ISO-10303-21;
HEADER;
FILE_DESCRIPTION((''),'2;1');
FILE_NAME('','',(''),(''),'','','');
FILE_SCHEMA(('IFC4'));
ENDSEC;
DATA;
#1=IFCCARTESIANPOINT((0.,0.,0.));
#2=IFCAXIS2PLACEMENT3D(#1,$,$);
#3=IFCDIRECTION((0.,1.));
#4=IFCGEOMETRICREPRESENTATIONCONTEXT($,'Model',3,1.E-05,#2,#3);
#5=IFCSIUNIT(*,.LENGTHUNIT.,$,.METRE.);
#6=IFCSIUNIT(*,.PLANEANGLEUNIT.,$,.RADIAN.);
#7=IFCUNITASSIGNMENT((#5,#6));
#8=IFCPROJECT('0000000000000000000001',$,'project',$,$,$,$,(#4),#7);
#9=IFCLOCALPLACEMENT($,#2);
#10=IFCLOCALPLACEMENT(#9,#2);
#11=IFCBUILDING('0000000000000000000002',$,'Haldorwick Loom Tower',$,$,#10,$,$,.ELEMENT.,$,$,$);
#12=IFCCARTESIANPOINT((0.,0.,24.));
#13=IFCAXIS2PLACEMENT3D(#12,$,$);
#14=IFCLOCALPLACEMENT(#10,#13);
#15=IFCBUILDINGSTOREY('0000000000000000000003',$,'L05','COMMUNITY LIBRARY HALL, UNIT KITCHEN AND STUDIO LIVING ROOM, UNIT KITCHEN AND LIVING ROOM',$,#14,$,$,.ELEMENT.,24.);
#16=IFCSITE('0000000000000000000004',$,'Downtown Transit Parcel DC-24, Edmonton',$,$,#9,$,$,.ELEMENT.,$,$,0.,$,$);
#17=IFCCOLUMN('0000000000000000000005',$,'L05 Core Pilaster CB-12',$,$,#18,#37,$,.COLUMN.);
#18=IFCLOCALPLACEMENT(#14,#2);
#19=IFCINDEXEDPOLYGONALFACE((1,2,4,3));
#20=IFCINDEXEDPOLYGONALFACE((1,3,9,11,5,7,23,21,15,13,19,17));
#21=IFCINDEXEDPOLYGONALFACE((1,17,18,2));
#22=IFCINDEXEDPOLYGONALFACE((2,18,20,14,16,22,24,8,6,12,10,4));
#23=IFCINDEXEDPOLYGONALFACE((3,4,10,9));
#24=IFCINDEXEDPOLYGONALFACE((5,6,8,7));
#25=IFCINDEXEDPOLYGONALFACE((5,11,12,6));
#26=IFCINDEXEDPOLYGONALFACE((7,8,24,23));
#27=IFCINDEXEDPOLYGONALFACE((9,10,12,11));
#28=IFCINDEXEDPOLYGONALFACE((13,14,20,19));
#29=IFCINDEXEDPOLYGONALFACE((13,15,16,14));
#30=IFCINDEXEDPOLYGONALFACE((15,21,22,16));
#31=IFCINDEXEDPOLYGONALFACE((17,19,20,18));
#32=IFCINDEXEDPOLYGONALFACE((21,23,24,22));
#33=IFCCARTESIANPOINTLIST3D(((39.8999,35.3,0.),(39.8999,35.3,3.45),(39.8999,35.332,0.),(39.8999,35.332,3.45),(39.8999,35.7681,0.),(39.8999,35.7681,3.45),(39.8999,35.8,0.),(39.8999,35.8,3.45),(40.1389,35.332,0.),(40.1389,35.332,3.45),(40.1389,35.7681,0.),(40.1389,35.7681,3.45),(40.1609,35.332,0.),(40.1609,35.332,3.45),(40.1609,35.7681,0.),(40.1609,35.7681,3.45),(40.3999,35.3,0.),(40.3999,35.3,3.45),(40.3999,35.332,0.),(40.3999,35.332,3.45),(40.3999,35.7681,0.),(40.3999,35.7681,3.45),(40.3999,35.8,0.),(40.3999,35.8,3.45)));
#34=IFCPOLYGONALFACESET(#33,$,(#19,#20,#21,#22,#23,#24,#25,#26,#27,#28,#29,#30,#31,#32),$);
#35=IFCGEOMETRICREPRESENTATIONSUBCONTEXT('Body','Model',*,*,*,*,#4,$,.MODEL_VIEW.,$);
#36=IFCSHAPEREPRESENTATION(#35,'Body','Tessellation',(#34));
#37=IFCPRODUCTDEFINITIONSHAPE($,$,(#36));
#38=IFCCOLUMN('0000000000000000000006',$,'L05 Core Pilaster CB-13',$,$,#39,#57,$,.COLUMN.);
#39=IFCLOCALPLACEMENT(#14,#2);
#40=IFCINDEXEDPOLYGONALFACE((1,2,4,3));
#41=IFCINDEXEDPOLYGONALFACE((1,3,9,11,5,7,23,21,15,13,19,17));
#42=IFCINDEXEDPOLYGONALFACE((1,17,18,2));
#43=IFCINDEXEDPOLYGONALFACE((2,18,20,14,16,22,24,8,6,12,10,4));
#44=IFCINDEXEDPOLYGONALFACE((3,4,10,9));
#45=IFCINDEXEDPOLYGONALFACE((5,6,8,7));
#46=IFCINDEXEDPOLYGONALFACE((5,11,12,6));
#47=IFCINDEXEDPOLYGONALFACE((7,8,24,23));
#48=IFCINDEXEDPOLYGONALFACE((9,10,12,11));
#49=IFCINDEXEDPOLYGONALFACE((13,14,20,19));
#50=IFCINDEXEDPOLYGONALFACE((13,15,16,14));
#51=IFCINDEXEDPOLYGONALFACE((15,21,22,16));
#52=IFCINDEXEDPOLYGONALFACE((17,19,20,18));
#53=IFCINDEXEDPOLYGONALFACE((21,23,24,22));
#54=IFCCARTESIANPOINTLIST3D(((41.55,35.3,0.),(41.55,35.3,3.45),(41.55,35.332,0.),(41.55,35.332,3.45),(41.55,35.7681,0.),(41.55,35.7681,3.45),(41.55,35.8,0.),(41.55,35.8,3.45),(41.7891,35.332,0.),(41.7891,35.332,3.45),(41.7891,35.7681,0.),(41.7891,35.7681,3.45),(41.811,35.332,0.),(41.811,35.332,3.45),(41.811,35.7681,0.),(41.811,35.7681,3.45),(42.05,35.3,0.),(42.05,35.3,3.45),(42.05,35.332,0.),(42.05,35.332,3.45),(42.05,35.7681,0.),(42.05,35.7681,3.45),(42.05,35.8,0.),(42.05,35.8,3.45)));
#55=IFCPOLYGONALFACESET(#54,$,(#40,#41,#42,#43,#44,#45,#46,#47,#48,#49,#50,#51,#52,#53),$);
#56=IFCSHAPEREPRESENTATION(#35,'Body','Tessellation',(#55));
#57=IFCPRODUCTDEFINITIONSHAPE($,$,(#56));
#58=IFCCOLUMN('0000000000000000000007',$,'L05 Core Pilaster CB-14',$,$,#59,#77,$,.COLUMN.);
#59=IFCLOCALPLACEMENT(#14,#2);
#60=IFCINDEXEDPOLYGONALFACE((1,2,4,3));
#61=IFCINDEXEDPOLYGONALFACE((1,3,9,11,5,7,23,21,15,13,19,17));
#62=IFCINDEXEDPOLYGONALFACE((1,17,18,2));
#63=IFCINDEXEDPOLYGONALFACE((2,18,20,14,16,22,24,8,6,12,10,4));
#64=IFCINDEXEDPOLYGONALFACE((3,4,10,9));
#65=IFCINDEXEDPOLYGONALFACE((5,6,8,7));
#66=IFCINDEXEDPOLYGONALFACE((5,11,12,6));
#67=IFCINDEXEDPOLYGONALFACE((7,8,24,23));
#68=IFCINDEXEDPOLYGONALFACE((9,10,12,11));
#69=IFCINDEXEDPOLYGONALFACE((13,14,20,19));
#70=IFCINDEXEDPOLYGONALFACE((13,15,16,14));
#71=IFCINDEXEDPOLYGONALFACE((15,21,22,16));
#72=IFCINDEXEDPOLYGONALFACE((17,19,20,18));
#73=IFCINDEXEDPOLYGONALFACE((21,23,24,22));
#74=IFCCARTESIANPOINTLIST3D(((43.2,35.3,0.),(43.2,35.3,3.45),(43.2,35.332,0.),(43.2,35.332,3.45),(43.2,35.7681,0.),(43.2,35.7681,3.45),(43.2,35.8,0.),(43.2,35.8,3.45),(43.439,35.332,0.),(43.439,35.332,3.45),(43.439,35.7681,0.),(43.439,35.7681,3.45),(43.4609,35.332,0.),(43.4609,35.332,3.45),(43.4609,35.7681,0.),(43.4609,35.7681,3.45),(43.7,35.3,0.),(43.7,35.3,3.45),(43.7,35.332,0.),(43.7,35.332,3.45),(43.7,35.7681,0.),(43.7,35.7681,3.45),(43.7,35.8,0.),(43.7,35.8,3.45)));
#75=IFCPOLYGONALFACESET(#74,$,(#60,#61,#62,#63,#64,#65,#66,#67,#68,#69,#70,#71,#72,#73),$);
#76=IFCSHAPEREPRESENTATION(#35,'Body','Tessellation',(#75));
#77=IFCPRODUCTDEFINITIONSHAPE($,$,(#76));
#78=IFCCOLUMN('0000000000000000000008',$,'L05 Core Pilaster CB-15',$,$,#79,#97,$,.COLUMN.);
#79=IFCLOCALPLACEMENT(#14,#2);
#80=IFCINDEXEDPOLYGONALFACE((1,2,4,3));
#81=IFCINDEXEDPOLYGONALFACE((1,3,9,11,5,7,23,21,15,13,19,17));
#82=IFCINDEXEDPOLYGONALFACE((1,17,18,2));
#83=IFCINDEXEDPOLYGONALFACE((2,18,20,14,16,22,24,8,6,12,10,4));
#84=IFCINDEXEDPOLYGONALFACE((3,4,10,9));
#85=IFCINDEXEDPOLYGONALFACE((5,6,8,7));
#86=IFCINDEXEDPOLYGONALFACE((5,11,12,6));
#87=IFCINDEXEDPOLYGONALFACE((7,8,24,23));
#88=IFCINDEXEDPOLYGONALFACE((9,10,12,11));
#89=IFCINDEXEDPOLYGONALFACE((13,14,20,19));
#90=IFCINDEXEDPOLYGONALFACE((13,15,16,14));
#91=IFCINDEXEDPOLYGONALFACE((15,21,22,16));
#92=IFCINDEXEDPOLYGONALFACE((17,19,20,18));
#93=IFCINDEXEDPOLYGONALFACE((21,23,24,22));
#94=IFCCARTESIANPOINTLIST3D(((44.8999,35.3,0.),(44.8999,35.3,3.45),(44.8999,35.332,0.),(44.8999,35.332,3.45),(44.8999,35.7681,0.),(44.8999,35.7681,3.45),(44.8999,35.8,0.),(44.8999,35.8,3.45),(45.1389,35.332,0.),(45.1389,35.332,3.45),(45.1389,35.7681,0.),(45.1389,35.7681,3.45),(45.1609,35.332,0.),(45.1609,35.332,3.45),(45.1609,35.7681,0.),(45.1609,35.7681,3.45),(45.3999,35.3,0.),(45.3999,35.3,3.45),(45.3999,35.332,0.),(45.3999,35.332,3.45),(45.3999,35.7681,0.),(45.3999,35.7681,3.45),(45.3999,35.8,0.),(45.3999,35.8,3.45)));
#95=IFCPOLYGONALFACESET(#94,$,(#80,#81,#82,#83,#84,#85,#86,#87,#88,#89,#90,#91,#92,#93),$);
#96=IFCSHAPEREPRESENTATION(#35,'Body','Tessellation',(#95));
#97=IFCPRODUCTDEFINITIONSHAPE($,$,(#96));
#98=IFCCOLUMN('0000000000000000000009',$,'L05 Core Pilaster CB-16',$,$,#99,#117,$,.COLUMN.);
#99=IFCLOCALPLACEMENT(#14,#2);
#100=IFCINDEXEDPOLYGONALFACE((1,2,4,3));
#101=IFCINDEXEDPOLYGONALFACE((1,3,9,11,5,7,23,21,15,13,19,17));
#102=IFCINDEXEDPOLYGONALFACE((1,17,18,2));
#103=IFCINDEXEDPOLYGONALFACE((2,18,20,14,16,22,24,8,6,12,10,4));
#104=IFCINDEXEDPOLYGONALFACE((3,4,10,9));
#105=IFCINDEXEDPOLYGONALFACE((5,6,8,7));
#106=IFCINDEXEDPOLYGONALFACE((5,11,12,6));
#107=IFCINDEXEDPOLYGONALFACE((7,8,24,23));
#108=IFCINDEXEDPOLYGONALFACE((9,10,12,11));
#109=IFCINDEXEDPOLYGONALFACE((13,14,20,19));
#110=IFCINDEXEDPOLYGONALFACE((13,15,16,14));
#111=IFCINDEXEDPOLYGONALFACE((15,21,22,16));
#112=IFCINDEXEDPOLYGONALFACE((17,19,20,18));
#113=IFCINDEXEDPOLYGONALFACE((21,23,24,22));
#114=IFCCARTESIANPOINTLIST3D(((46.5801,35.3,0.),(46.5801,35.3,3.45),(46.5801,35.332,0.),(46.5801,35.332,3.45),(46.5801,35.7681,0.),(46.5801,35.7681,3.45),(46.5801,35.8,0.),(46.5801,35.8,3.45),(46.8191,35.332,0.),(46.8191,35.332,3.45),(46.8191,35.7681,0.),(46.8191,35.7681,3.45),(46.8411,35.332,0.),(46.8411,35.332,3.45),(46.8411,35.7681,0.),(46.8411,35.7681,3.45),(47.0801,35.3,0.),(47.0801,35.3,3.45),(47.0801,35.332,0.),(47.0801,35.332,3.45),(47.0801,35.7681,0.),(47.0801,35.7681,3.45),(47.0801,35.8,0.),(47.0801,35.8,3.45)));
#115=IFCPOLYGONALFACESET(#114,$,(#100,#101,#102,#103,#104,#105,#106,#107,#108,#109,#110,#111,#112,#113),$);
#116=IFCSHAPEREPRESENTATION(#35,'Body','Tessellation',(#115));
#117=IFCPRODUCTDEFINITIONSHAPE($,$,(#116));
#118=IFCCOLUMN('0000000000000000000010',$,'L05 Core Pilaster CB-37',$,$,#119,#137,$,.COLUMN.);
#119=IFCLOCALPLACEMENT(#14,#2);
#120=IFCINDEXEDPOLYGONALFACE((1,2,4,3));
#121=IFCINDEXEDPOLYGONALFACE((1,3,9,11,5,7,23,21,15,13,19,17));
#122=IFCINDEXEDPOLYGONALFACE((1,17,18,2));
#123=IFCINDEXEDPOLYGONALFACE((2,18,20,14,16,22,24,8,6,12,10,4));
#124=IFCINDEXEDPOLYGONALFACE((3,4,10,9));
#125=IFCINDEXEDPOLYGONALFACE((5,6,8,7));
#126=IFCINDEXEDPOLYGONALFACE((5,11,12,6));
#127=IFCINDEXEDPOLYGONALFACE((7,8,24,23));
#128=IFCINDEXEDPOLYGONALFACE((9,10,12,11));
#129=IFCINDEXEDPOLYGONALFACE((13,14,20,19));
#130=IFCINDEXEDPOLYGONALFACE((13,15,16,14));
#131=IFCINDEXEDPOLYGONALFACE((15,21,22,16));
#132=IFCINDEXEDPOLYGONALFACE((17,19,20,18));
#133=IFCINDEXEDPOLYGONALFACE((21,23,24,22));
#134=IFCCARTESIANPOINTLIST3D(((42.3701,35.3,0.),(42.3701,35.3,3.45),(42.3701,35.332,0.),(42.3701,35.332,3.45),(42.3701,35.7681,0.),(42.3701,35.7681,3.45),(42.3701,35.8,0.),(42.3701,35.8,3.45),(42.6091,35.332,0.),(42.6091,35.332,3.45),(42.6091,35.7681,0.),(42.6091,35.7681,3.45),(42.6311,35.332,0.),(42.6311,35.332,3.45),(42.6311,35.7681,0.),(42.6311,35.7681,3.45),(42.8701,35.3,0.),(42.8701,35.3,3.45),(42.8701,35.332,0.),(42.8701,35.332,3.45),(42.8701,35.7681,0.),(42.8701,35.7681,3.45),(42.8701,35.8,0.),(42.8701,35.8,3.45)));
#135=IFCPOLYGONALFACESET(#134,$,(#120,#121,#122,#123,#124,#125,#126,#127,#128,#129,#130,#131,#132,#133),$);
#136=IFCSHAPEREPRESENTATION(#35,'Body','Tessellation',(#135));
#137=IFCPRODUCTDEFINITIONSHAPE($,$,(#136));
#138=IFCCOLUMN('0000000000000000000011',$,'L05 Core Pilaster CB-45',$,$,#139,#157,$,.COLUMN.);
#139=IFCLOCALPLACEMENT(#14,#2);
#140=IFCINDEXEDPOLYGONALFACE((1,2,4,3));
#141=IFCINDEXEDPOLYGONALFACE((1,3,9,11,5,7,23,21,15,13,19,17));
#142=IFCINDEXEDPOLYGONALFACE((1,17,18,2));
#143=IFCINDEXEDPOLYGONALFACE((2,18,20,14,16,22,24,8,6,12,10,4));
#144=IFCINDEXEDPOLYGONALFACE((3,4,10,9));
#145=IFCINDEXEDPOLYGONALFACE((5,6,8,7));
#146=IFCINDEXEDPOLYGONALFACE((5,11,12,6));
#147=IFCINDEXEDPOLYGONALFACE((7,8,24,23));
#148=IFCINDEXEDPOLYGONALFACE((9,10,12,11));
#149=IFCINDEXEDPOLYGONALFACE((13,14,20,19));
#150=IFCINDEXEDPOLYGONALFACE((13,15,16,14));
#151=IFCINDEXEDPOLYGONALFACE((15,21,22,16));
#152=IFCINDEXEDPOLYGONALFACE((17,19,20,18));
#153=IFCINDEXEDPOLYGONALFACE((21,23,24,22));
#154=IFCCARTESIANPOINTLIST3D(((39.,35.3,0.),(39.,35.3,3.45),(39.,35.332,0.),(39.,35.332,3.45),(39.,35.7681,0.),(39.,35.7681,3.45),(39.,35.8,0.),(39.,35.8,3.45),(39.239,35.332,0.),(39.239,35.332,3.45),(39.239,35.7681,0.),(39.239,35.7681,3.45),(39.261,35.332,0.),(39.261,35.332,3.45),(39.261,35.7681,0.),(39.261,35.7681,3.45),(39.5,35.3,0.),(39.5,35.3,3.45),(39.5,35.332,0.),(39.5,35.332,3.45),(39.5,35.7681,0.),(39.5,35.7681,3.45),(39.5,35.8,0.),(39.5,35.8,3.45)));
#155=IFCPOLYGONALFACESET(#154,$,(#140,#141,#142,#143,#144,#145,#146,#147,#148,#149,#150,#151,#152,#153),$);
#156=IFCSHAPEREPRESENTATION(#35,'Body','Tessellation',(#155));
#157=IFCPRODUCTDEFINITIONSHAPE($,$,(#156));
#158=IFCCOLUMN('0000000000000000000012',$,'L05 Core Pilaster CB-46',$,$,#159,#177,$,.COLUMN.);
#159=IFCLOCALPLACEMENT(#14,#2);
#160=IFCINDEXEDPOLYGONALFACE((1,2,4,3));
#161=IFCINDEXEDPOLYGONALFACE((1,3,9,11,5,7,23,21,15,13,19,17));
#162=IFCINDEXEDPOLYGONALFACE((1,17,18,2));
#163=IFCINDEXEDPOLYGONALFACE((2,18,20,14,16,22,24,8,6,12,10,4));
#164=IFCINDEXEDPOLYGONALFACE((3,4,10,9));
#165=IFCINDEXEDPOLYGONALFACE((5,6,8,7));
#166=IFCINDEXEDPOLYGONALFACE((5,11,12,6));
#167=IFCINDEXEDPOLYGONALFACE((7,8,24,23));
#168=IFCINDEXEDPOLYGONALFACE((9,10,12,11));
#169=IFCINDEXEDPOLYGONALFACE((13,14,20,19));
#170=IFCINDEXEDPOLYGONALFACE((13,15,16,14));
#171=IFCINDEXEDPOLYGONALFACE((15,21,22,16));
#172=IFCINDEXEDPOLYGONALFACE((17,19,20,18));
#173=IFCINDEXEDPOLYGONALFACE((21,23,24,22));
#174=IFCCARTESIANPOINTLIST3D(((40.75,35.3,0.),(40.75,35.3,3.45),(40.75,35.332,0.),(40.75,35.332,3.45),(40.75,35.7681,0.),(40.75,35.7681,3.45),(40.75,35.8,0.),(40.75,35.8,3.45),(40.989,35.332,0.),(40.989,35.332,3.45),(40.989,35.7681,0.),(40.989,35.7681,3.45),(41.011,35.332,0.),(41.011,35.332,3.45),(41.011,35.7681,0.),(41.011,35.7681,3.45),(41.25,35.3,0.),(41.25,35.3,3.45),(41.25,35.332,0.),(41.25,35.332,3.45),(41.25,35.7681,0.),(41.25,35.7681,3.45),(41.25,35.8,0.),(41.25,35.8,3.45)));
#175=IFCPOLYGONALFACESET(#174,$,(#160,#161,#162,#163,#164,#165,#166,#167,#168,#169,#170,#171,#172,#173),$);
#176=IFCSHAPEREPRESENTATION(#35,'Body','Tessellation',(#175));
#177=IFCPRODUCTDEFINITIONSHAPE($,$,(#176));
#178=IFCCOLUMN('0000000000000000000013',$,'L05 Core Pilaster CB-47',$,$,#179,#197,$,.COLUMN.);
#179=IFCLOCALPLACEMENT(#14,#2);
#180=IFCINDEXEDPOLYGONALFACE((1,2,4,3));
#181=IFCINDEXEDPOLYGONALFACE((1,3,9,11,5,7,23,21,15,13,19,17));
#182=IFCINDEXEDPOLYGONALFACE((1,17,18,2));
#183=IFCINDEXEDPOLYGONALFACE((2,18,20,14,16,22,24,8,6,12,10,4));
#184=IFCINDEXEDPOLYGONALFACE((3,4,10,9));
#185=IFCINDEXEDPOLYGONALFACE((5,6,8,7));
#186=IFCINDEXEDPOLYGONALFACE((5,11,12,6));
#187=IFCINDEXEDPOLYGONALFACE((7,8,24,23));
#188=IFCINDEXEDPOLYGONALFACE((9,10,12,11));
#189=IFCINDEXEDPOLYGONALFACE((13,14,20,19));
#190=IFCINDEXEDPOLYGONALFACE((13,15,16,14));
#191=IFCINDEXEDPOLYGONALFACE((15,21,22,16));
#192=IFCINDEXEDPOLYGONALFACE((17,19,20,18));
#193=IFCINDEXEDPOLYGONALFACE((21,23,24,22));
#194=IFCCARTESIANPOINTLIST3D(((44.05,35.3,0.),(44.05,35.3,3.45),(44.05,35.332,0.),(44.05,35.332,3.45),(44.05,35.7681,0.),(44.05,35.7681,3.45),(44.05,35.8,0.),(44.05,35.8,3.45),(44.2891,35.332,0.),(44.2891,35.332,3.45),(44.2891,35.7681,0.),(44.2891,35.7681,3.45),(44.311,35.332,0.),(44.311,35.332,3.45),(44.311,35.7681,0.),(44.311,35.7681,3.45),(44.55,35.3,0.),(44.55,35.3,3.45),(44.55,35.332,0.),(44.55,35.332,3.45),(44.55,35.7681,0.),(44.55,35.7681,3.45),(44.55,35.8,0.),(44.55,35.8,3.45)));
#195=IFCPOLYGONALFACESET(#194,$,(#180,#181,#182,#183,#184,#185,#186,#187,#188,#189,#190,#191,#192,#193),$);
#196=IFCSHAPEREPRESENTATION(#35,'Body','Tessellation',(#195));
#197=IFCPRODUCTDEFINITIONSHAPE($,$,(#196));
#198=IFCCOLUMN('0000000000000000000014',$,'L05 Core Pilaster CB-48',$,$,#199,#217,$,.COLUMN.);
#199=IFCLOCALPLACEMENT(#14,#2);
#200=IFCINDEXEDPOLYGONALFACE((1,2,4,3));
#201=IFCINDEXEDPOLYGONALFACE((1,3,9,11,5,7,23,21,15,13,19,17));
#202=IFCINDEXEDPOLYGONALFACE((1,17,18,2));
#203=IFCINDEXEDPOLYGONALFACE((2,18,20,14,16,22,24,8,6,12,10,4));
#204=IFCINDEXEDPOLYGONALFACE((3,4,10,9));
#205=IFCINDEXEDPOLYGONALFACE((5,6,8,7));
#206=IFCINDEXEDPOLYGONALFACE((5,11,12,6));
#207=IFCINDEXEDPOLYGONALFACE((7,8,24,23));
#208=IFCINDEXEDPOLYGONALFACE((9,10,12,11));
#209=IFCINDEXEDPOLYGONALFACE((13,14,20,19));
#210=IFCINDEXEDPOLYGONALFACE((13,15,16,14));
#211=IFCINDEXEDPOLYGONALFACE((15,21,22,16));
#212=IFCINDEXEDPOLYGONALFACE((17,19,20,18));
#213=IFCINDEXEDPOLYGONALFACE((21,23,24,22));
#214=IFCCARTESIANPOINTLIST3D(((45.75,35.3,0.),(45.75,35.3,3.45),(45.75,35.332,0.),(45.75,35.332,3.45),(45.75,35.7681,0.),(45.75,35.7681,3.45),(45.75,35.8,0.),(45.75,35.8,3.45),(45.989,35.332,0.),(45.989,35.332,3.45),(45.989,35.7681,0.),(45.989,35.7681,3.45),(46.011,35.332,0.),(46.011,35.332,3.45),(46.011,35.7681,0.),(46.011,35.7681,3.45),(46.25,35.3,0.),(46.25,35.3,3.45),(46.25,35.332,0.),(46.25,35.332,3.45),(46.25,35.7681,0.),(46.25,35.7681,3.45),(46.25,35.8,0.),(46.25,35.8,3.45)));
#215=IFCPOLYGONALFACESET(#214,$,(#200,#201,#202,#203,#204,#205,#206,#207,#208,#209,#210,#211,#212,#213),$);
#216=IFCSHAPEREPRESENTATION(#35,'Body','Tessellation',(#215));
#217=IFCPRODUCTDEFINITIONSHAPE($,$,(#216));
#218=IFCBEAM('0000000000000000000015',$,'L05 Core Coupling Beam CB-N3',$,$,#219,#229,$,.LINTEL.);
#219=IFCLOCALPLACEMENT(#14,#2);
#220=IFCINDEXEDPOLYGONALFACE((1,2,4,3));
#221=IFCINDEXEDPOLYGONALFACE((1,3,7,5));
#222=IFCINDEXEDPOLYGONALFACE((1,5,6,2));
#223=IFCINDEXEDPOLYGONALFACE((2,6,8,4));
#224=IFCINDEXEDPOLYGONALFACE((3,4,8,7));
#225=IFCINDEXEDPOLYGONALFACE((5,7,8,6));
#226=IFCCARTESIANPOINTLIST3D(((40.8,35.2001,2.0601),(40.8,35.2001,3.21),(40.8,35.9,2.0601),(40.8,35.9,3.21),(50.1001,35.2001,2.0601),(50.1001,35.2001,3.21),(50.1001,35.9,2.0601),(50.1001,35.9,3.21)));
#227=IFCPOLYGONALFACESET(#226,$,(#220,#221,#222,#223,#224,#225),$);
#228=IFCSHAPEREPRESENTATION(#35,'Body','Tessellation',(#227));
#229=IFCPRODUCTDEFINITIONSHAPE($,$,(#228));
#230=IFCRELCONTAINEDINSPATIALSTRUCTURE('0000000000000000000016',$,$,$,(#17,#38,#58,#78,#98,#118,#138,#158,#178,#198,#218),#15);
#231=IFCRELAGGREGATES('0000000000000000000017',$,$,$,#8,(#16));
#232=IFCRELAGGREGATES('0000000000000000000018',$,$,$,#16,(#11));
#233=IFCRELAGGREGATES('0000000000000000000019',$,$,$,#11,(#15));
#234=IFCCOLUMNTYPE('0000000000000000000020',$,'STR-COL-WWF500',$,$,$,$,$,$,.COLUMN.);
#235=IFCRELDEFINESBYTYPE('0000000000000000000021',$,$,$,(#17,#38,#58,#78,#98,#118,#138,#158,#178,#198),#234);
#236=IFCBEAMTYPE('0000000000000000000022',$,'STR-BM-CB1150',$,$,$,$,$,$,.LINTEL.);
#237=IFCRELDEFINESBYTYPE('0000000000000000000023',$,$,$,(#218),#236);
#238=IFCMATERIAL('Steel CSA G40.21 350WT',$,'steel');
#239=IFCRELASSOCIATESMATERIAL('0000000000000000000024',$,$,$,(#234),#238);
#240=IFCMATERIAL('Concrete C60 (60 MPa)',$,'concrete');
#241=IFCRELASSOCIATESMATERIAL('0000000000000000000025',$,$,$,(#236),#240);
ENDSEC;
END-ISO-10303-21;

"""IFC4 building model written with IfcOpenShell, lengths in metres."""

from ifc_helpers import new_model, si_unit, direction, frame, origin, origin_2d, place, context, subcontext, project, spatial, rectangle, i_section, extrude, material, material_profile, profile_set, type_object, element, save


model = new_model("IFC4")

# Units and contexts
model_context = context("Model", 3, precision=1e-05, world=origin(), true_north=direction((0.0, 1.0)))
body_context = subcontext(model_context, "Body", "Model", "MODEL_VIEW")
ifc_project = project(units=[si_unit("LENGTHUNIT", "METRE"), si_unit("PLANEANGLEUNIT", "RADIAN")], contexts=[model_context])

# Site, building, storey
site_placement = place(None, origin())
site = spatial("IfcSite", under=ifc_project, at=site_placement, Name="Downtown Transit Parcel DC-24, Edmonton", CompositionType="ELEMENT", RefElevation=0.0)
building_placement = place(site_placement, origin())
building = spatial("IfcBuilding", under=site, at=building_placement, Name="Haldorwick Loom Tower", CompositionType="ELEMENT")
storey_placement = place(building_placement, frame((0.0, 0.0, 24.0)))
storey = spatial("IfcBuildingStorey", under=building, at=storey_placement, Name="L05", Description="COMMUNITY LIBRARY HALL, UNIT KITCHEN AND STUDIO LIVING ROOM, UNIT KITCHEN AND LIVING ROOM", CompositionType="ELEMENT", Elevation=24.0)

# Columns
ifc_material_1 = material(Name="Steel CSA G40.21 350WT", Category="steel")
ifc_material_profile_1 = material_profile(ifc_material_1, i_section(OverallWidth=0.5, OverallDepth=0.5, WebThickness=0.022, FlangeThickness=0.032, at=origin_2d()), Name="WWF500X500", Category="steel")
ifc_profile_set_1 = profile_set([ifc_material_profile_1], Name="Steel CSA G40.21 350WT")
column_type = type_object("IfcColumnType", Name="STR-COL-WWF500", PredefinedType="COLUMN", material=ifc_profile_set_1)
for number, where, z_axis, x_axis, name in (
    (1, (40.1499, 35.55, 0.0), (0.0, 0.0, 1.0), (1.0, 0.0, 0.0), "L05 Core Pilaster CB-12"),
    (2, (41.8, 35.55, 0.0), (0.0, 0.0, 1.0), (1.0, 0.0, 0.0), "L05 Core Pilaster CB-13"),
    (3, (43.45, 35.55, 0.0), (0.0, 0.0, 1.0), (1.0, 0.0, 0.0), "L05 Core Pilaster CB-14"),
    (4, (45.1499, 35.55, 0.0), (0.0, 0.0, 1.0), (1.0, 0.0, 0.0), "L05 Core Pilaster CB-15"),
    (5, (46.8301, 35.55, 0.0), (0.0, 0.0, 1.0), (1.0, 0.0, 0.0), "L05 Core Pilaster CB-16"),
    (6, (42.6201, 35.55, 0.0), (0.0, 0.0, 1.0), (1.0, 0.0, 0.0), "L05 Core Pilaster CB-37"),
    (7, (39.25, 35.55, 0.0), (0.0, 0.0, 1.0), (1.0, 0.0, 0.0), "L05 Core Pilaster CB-45"),
    (8, (41.0, 35.55, 0.0), (0.0, 0.0, 1.0), (1.0, 0.0, 0.0), "L05 Core Pilaster CB-46"),
    (9, (44.3, 35.55, 0.0), (0.0, 0.0, 1.0), (1.0, 0.0, 0.0), "L05 Core Pilaster CB-47"),
    (10, (46.0, 35.55, 0.0), (0.0, 0.0, 1.0), (1.0, 0.0, 0.0), "L05 Core Pilaster CB-48"),
):
    element("IfcColumn", number, at=place(storey_placement, frame(where, z_axis=z_axis, x_axis=x_axis)), inside=storey, type_object=column_type, Name=name, PredefinedType="COLUMN", context=body_context, shape_type="SweptSolid", body=[
        extrude(i_section(OverallWidth=0.5, OverallDepth=0.5, WebThickness=0.022, FlangeThickness=0.032, at=origin_2d()), origin(), (0.0, 0.0, 1.0), 3.45),
    ])

# Beam
ifc_material_2 = material(Name="Concrete C60 (60 MPa)", Category="concrete")
ifc_material_profile_2 = material_profile(ifc_material_2, rectangle(XDim=0.7, YDim=1.1499, at=origin_2d()), Name="RC700X1150", Category="concrete")
ifc_profile_set_2 = profile_set([ifc_material_profile_2], Name="Concrete C60 (60 MPa)")
beam_type_1 = type_object("IfcBeamType", Name="STR-BM-CB1150", PredefinedType="LINTEL", material=ifc_profile_set_2)
beam_1_placement = place(storey_placement, frame((40.8, 35.55, 2.635), z_axis=(1.0, 0.0, 0.0), x_axis=(0.0, 1.0, 0.0)))
element("IfcBeam", 11, at=beam_1_placement, inside=storey, type_object=beam_type_1, Name="L05 Core Coupling Beam CB-N3", PredefinedType="LINTEL", context=body_context, shape_type="SweptSolid", body=[
    extrude(rectangle(XDim=0.7, YDim=1.1499, at=origin_2d()), origin(), (0.0, 0.0, 1.0), 9.3),
])

save(model, "model.ifc")
